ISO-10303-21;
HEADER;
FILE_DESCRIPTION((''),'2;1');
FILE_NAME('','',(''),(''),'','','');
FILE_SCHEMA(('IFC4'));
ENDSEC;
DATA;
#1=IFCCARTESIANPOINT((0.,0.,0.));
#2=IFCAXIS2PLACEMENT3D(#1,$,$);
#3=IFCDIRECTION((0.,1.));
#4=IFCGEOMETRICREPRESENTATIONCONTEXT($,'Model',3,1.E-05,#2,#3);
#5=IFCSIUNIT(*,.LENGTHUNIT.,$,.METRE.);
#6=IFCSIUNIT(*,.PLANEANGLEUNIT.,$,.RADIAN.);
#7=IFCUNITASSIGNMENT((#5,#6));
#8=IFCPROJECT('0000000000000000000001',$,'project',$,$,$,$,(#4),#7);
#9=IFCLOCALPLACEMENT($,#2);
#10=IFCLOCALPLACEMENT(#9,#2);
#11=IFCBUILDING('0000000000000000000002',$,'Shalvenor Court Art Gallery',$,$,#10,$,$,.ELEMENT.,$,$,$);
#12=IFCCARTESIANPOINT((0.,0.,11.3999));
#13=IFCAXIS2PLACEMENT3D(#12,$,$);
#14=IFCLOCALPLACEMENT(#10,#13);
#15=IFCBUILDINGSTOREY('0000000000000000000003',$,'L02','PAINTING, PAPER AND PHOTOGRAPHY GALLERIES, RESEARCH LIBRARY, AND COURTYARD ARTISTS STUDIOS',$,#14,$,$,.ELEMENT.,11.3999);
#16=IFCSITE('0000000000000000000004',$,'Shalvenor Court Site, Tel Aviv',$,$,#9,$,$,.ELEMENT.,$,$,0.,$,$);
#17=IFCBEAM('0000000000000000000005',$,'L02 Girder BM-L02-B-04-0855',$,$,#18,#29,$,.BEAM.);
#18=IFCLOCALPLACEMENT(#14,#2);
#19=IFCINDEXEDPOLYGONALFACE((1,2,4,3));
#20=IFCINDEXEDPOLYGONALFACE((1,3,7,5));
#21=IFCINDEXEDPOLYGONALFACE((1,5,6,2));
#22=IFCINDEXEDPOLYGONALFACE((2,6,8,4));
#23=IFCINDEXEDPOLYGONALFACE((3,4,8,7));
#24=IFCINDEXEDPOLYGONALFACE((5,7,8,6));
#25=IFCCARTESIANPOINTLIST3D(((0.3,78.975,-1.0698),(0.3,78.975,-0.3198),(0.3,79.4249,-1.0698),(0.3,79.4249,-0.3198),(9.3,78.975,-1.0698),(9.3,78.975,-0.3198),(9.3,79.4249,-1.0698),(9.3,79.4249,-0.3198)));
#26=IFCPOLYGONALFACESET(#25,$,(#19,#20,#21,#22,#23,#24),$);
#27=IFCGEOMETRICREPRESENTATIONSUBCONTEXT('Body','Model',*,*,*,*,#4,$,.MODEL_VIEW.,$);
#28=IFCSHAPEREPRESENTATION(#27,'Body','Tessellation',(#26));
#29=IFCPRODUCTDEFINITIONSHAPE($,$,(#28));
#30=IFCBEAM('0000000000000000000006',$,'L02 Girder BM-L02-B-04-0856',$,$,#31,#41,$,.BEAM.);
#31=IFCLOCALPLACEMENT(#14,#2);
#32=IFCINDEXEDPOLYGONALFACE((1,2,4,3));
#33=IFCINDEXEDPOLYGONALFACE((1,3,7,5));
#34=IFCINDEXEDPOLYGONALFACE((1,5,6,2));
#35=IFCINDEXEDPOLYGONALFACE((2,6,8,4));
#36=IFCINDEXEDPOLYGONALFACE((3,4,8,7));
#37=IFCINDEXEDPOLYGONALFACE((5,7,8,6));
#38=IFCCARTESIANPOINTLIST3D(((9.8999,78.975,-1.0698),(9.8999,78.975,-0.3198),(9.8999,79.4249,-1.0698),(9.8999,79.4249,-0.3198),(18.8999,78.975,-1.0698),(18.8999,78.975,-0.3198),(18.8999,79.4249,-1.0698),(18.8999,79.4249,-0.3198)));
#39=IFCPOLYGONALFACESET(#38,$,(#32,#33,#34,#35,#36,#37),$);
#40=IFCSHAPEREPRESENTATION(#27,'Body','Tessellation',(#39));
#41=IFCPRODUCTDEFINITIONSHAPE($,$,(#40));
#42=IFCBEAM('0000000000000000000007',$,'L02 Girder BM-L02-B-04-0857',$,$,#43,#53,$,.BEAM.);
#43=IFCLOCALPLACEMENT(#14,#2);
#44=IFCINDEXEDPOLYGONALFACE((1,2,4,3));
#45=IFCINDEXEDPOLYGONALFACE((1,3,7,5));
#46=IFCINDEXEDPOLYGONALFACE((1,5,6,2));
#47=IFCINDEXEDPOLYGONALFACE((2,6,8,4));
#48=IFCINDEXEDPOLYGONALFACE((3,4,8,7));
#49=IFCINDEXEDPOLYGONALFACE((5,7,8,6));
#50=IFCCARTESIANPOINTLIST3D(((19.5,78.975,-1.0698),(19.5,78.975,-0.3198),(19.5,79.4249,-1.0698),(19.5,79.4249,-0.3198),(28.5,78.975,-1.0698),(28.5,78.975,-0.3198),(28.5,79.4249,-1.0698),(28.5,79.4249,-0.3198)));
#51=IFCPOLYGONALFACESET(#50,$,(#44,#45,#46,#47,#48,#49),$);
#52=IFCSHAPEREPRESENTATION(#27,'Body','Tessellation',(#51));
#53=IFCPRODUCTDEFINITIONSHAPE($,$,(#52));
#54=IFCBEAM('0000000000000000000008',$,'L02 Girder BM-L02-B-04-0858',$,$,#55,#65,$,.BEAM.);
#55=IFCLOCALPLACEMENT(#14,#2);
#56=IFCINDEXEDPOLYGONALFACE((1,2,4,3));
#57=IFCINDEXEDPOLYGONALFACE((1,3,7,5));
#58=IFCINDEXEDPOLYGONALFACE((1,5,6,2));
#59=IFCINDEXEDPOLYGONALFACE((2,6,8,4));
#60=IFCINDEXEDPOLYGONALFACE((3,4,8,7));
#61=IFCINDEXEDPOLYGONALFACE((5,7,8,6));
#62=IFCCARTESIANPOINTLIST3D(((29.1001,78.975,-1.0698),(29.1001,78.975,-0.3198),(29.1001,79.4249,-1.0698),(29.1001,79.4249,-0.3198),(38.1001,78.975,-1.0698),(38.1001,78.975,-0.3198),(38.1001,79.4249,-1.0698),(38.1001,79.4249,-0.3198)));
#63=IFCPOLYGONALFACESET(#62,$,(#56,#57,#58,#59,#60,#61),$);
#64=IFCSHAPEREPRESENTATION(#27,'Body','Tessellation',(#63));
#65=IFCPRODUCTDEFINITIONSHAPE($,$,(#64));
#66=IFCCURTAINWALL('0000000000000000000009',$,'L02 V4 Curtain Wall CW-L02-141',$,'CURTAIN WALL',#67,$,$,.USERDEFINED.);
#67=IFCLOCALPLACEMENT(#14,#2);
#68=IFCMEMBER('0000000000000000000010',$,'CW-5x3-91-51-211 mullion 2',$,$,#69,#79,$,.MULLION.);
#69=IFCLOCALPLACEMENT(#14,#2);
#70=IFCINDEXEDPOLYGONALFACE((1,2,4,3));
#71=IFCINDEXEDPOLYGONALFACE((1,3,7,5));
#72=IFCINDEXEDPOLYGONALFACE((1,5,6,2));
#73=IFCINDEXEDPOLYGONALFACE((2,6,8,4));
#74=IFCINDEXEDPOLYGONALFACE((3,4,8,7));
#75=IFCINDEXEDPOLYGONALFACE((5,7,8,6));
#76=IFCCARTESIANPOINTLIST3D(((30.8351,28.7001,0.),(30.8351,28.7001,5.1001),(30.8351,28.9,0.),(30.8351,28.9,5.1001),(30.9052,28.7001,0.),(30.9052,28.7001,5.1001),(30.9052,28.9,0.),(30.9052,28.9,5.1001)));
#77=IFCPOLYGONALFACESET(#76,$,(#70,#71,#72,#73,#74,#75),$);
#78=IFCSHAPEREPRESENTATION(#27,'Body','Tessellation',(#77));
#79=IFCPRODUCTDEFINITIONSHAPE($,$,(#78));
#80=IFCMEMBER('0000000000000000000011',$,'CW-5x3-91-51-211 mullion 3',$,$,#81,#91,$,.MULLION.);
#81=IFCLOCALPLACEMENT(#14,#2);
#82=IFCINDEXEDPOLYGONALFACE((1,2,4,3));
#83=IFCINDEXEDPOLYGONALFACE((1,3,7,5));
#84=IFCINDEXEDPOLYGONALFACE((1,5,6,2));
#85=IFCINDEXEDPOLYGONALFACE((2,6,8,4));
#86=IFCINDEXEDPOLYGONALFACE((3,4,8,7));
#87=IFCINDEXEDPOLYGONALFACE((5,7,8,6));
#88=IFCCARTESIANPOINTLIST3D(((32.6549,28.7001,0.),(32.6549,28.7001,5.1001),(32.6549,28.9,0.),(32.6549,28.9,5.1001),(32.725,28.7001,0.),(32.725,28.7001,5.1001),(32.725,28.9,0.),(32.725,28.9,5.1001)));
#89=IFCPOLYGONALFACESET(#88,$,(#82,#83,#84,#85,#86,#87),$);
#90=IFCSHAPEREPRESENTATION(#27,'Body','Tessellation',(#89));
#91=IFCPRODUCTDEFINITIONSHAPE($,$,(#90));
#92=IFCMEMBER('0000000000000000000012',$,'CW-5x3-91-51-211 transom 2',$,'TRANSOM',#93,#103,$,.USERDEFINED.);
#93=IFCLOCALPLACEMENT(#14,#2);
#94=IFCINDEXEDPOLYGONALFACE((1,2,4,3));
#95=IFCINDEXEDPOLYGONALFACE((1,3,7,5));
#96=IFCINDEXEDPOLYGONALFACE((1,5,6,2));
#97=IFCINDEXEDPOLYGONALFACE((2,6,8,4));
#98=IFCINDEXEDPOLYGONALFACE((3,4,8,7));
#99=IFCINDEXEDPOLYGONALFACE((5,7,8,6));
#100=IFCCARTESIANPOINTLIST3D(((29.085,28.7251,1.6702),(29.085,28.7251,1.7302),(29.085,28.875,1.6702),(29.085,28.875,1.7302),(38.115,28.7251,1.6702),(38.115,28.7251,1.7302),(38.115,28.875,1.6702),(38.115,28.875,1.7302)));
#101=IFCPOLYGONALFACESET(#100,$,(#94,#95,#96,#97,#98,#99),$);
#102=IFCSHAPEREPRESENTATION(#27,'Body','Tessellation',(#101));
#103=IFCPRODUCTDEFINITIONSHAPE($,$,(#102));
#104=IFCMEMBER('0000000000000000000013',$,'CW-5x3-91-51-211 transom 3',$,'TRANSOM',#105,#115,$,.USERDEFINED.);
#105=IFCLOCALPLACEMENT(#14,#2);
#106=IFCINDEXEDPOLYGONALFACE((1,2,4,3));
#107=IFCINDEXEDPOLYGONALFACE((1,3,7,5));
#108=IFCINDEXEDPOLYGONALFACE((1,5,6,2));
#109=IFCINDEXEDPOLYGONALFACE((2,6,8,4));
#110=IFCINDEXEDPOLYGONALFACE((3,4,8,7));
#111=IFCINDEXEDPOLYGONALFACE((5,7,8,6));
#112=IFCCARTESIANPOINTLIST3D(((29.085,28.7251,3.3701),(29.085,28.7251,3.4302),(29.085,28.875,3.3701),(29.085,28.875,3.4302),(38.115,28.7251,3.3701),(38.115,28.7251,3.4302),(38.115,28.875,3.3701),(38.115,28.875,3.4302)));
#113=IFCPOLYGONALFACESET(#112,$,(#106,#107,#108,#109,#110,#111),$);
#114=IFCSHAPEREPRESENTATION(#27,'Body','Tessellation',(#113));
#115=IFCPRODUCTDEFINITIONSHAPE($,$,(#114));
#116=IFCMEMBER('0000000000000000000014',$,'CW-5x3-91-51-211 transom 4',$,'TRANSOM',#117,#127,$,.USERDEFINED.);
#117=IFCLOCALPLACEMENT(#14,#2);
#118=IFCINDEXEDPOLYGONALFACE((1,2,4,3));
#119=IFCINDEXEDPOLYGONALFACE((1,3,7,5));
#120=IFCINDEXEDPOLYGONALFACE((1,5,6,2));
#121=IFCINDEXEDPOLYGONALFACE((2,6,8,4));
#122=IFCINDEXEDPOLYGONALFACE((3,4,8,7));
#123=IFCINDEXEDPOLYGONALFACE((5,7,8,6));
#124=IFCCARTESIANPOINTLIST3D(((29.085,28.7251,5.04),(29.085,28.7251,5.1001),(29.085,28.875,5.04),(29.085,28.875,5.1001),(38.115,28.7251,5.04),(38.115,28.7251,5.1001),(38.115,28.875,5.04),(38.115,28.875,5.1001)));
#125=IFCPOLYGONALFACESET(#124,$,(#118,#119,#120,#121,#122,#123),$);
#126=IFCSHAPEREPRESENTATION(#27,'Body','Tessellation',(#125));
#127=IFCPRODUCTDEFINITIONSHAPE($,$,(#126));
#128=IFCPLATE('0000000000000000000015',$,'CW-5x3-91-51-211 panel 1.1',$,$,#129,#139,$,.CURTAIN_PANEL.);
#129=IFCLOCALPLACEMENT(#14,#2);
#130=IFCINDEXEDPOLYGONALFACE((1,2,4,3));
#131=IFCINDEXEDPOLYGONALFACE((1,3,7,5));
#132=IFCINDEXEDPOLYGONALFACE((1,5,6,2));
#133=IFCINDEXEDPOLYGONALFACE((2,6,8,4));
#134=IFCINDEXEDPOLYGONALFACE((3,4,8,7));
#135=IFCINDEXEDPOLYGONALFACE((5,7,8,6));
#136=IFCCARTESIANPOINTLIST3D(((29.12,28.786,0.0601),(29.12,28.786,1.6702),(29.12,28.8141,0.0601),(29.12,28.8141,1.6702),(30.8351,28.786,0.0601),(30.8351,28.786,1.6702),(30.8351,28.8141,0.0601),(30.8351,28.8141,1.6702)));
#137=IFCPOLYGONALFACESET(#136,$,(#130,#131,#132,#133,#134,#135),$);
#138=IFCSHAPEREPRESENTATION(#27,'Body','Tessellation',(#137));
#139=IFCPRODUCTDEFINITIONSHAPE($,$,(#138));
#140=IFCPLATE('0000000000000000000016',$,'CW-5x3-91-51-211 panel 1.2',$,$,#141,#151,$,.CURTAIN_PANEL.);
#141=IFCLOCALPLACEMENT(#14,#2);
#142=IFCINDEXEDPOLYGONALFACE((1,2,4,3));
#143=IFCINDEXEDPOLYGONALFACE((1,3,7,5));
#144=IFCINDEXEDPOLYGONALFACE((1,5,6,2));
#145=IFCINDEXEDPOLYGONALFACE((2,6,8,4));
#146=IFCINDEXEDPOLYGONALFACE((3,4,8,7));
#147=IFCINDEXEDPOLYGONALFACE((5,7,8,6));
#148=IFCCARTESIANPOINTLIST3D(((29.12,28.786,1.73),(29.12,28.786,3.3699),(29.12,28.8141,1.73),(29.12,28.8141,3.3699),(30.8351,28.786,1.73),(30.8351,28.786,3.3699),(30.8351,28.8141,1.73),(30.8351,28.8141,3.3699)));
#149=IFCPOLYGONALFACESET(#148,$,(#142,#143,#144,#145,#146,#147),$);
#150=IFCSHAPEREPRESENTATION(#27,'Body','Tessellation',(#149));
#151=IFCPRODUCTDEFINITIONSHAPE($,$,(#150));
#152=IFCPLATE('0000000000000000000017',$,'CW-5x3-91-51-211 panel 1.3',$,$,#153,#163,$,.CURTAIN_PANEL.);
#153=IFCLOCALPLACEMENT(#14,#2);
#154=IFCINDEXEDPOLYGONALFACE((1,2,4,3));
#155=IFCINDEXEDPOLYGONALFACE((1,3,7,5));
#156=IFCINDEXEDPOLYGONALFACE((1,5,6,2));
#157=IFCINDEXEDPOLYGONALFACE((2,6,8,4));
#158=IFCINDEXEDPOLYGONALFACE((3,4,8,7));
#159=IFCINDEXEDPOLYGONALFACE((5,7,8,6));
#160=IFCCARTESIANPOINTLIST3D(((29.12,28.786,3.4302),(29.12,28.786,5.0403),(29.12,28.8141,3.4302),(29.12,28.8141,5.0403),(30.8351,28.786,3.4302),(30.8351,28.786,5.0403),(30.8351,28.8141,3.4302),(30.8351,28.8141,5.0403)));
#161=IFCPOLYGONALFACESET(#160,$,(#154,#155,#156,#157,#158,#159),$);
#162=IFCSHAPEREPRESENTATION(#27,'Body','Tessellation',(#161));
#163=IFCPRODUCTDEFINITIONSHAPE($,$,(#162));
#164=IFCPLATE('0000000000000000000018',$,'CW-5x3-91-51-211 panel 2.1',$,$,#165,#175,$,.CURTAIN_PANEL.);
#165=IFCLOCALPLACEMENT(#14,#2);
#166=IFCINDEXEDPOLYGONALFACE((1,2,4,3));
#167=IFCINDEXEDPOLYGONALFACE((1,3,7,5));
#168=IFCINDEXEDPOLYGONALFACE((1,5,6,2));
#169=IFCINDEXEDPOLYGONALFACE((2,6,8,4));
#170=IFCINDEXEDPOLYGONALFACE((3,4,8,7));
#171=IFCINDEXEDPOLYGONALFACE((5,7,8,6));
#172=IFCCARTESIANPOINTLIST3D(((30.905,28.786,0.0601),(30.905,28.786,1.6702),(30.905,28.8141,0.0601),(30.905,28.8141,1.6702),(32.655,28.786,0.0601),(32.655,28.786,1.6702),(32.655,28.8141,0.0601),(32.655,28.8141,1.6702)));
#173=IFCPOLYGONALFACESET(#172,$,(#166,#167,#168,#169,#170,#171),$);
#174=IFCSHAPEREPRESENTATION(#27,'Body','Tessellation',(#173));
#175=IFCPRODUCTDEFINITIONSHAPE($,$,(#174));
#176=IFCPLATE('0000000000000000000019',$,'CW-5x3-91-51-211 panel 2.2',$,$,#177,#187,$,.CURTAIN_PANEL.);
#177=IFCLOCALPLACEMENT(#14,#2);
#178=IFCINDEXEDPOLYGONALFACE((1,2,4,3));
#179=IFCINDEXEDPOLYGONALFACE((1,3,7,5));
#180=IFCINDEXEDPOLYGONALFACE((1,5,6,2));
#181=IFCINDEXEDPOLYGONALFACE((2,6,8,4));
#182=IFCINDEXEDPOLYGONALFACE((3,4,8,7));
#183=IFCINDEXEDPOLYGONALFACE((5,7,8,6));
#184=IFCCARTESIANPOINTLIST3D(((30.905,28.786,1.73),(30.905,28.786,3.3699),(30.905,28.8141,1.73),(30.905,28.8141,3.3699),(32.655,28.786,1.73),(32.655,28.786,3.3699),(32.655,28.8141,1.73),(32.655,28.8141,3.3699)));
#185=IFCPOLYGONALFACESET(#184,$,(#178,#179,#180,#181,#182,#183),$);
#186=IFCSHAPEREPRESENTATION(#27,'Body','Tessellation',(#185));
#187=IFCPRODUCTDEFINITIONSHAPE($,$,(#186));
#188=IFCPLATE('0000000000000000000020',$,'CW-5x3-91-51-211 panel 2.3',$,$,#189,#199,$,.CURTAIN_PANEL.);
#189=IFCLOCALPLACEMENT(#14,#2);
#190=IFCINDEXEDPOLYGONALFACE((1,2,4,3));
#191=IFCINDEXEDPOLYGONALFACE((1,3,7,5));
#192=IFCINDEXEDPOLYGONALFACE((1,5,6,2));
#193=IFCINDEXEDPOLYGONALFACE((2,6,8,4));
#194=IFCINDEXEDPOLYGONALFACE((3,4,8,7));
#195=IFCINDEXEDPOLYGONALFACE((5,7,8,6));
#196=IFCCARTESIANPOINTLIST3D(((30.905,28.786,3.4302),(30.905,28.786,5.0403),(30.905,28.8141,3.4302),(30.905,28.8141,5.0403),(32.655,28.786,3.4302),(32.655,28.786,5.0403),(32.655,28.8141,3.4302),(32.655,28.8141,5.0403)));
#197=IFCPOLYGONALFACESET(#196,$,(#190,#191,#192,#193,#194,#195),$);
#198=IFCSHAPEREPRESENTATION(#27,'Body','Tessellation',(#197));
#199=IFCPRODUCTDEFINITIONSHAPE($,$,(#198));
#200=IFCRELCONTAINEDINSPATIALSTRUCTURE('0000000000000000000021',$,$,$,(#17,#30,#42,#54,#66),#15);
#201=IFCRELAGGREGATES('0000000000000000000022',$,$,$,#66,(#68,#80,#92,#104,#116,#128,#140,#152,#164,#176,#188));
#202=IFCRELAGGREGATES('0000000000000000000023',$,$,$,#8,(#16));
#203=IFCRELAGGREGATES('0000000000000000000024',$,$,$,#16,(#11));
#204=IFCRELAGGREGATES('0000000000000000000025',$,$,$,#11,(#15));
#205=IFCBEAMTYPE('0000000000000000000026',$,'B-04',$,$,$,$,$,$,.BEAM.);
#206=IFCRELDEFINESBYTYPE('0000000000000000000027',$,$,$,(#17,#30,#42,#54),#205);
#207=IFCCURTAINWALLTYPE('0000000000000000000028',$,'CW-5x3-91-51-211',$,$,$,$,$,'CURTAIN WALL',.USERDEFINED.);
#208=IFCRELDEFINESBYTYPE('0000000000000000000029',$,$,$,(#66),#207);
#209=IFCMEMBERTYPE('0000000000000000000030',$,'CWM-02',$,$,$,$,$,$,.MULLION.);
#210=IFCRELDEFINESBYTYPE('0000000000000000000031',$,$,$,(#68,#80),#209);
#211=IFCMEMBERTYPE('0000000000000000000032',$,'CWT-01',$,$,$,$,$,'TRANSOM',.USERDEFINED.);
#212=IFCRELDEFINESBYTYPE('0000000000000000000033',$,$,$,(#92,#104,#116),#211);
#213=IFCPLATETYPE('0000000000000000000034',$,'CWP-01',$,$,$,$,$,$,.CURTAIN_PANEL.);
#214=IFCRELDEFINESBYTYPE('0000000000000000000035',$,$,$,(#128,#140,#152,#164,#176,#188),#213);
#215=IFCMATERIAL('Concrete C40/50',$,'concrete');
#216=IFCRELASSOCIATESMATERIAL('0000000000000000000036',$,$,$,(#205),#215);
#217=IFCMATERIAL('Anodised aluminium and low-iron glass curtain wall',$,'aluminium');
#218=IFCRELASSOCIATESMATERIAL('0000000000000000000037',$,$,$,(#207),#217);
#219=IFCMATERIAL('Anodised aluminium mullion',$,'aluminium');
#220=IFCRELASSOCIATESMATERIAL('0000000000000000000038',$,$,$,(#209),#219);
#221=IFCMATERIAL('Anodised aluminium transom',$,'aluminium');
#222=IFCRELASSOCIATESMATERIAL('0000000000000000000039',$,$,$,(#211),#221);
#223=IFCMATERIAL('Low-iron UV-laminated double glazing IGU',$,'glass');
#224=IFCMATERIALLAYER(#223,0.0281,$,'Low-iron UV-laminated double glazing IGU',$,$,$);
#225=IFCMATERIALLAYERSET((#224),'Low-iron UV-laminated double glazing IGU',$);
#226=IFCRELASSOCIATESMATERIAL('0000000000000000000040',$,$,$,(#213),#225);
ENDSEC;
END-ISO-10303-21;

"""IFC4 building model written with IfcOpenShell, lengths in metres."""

from ifc_helpers import new_model, si_unit, direction, frame, origin, origin_2d, place, context, subcontext, project, spatial, rectangle, extrude, material, layer, layer_set, material_profile, profile_set, type_object, element, aggregate, save


model = new_model("IFC4")

# Units and contexts
model_context = context("Model", 3, precision=1e-05, world=origin(), true_north=direction((0.0, 1.0)))
body_context = subcontext(model_context, "Body", "Model", "MODEL_VIEW")
ifc_project = project(units=[si_unit("LENGTHUNIT", "METRE"), si_unit("PLANEANGLEUNIT", "RADIAN")], contexts=[model_context])

# Site, building, storey
site_placement = place(None, origin())
site = spatial("IfcSite", under=ifc_project, at=site_placement, Name="Shalvenor Court Site, Tel Aviv", CompositionType="ELEMENT", RefElevation=0.0)
building_placement = place(site_placement, origin())
building = spatial("IfcBuilding", under=site, at=building_placement, Name="Shalvenor Court Art Gallery", CompositionType="ELEMENT")
storey_placement = place(building_placement, frame((0.0, 0.0, 11.3999)))
storey = spatial("IfcBuildingStorey", under=building, at=storey_placement, Name="L02", Description="PAINTING, PAPER AND PHOTOGRAPHY GALLERIES, RESEARCH LIBRARY, AND COURTYARD ARTISTS STUDIOS", CompositionType="ELEMENT", Elevation=11.3999)

# Beams
ifc_material_1 = material(Name="Concrete C40/50", Category="concrete")
ifc_material_profile_1 = material_profile(ifc_material_1, rectangle(XDim=0.45, YDim=0.75, at=origin_2d()), Name="RC 450x750")
ifc_profile_set_1 = profile_set([ifc_material_profile_1], Name="Concrete C40/50")
beam_type = type_object("IfcBeamType", Name="B-04", PredefinedType="BEAM", material=ifc_profile_set_1)
for number, where, z_axis, x_axis, name in (
    (1, (0.3, 79.2, -0.6948), (1.0, 0.0, 0.0), (0.0, 1.0, 0.0), "L02 Girder BM-L02-B-04-0855"),
    (2, (9.8999, 79.2, -0.6948), (1.0, 0.0, 0.0), (0.0, 1.0, 0.0), "L02 Girder BM-L02-B-04-0856"),
    (3, (19.5, 79.2, -0.6948), (1.0, 0.0, 0.0), (0.0, 1.0, 0.0), "L02 Girder BM-L02-B-04-0857"),
    (4, (29.1001, 79.2, -0.6948), (1.0, 0.0, 0.0), (0.0, 1.0, 0.0), "L02 Girder BM-L02-B-04-0858"),
):
    element("IfcBeam", number, at=place(storey_placement, frame(where, z_axis=z_axis, x_axis=x_axis)), inside=storey, type_object=beam_type, Name=name, PredefinedType="BEAM", context=body_context, shape_type="SweptSolid", body=[
        extrude(rectangle(XDim=0.45, YDim=0.75, at=origin_2d()), origin(), (0.0, 0.0, 1.0), 9.0),
    ])

# Curtain wall, members, plates
ifc_material_2 = material(Name="Anodised aluminium and low-iron glass curtain wall", Category="aluminium")
curtain_wall_type = type_object("IfcCurtainWallType", Name="CW-5x3-91-51-211", ElementType="CURTAIN WALL", PredefinedType="USERDEFINED", material=ifc_material_2)
curtain_wall_placement = place(storey_placement, origin())
curtain_wall = element("IfcCurtainWall", 5, at=curtain_wall_placement, inside=storey, type_object=curtain_wall_type, Name="L02 V4 Curtain Wall CW-L02-141", ObjectType="CURTAIN WALL", PredefinedType="USERDEFINED")
ifc_material_3 = material(Name="Anodised aluminium mullion", Category="aluminium")
ifc_material_profile_2 = material_profile(ifc_material_3, rectangle(XDim=0.0701, YDim=0.2, at=origin_2d()), Name="CWM-02")
ifc_profile_set_2 = profile_set([ifc_material_profile_2], Name="Anodised aluminium mullion")
member_type_1 = type_object("IfcMemberType", Name="CWM-02", PredefinedType="MULLION", material=ifc_profile_set_2)
member_1_placement = place(storey_placement, frame((30.8701, 28.8, 0.0), z_axis=(0.0, 0.0, 1.0), x_axis=(1.0, 0.0, 0.0)))
member_1 = element("IfcMember", 6, at=member_1_placement, type_object=member_type_1, Name="CW-5x3-91-51-211 mullion 2", PredefinedType="MULLION", context=body_context, shape_type="SweptSolid", body=[
    extrude(rectangle(XDim=0.0701, YDim=0.2, at=origin_2d()), origin(), (0.0, 0.0, 1.0), 5.1001),
])
member_2_placement = place(storey_placement, frame((32.6899, 28.8, 0.0), z_axis=(0.0, 0.0, 1.0), x_axis=(1.0, 0.0, 0.0)))
member_2 = element("IfcMember", 7, at=member_2_placement, type_object=member_type_1, Name="CW-5x3-91-51-211 mullion 3", PredefinedType="MULLION", context=body_context, shape_type="SweptSolid", body=[
    extrude(rectangle(XDim=0.0701, YDim=0.2, at=origin_2d()), origin(), (0.0, 0.0, 1.0), 5.1001),
])
ifc_material_4 = material(Name="Anodised aluminium transom", Category="aluminium")
ifc_material_profile_3 = material_profile(ifc_material_4, rectangle(XDim=0.1499, YDim=0.0601, at=origin_2d()), Name="CWT-01")
ifc_profile_set_3 = profile_set([ifc_material_profile_3], Name="Anodised aluminium transom")
member_type_2 = type_object("IfcMemberType", Name="CWT-01", ElementType="TRANSOM", PredefinedType="USERDEFINED", material=ifc_profile_set_3)
member_3_placement = place(storey_placement, frame((29.085, 28.8, 1.7002), z_axis=(1.0, 0.0, 0.0), x_axis=(0.0, 1.0, 0.0)))
member_3 = element("IfcMember", 8, at=member_3_placement, type_object=member_type_2, Name="CW-5x3-91-51-211 transom 2", ObjectType="TRANSOM", PredefinedType="USERDEFINED", context=body_context, shape_type="SweptSolid", body=[
    extrude(rectangle(XDim=0.1499, YDim=0.0601, at=origin_2d()), origin(), (0.0, 0.0, 1.0), 9.03),
])
member_4_placement = place(storey_placement, frame((29.085, 28.8, 3.4001), z_axis=(1.0, 0.0, 0.0), x_axis=(0.0, 1.0, 0.0)))
member_4 = element("IfcMember", 9, at=member_4_placement, type_object=member_type_2, Name="CW-5x3-91-51-211 transom 3", ObjectType="TRANSOM", PredefinedType="USERDEFINED", context=body_context, shape_type="SweptSolid", body=[
    extrude(rectangle(XDim=0.1499, YDim=0.0601, at=origin_2d()), origin(), (0.0, 0.0, 1.0), 9.03),
])
member_5_placement = place(storey_placement, frame((29.085, 28.8, 5.0701), z_axis=(1.0, 0.0, 0.0), x_axis=(0.0, 1.0, 0.0)))
member_5 = element("IfcMember", 10, at=member_5_placement, type_object=member_type_2, Name="CW-5x3-91-51-211 transom 4", ObjectType="TRANSOM", PredefinedType="USERDEFINED", context=body_context, shape_type="SweptSolid", body=[
    extrude(rectangle(XDim=0.1499, YDim=0.0601, at=origin_2d()), origin(), (0.0, 0.0, 1.0), 9.03),
])
ifc_material_5 = material(Name="Low-iron UV-laminated double glazing IGU", Category="glass")
ifc_layer_1 = layer(ifc_material_5, 0.0281, Name="Low-iron UV-laminated double glazing IGU")
ifc_layer_set_1 = layer_set([ifc_layer_1], Name="Low-iron UV-laminated double glazing IGU")
plate_type_1 = type_object("IfcPlateType", Name="CWP-01", PredefinedType="CURTAIN_PANEL", material=ifc_layer_set_1)
plate_1_placement = place(storey_placement, frame((29.9775, 28.8, 0.0601), z_axis=(0.0, 0.0, 1.0), x_axis=(1.0, 0.0, 0.0)))
plate_1 = element("IfcPlate", 11, at=plate_1_placement, type_object=plate_type_1, Name="CW-5x3-91-51-211 panel 1.1", PredefinedType="CURTAIN_PANEL", context=body_context, shape_type="SweptSolid", body=[
    extrude(rectangle(XDim=1.7151, YDim=0.0281, at=origin_2d()), origin(), (0.0, 0.0, 1.0), 1.6101),
])
plate_2_placement = place(storey_placement, frame((29.9775, 28.8, 1.73), z_axis=(0.0, 0.0, 1.0), x_axis=(1.0, 0.0, 0.0)))
plate_2 = element("IfcPlate", 12, at=plate_2_placement, type_object=plate_type_1, Name="CW-5x3-91-51-211 panel 1.2", PredefinedType="CURTAIN_PANEL", context=body_context, shape_type="SweptSolid", body=[
    extrude(rectangle(XDim=1.7151, YDim=0.0281, at=origin_2d()), origin(), (0.0, 0.0, 1.0), 1.6399),
])
plate_3_placement = place(storey_placement, frame((29.9775, 28.8, 3.4302), z_axis=(0.0, 0.0, 1.0), x_axis=(1.0, 0.0, 0.0)))
plate_3 = element("IfcPlate", 13, at=plate_3_placement, type_object=plate_type_1, Name="CW-5x3-91-51-211 panel 1.3", PredefinedType="CURTAIN_PANEL", context=body_context, shape_type="SweptSolid", body=[
    extrude(rectangle(XDim=1.7151, YDim=0.0281, at=origin_2d()), origin(), (0.0, 0.0, 1.0), 1.6101),
])
plate_4_placement = place(storey_placement, frame((31.78, 28.8, 0.0601), z_axis=(0.0, 0.0, 1.0), x_axis=(1.0, 0.0, 0.0)))
plate_4 = element("IfcPlate", 14, at=plate_4_placement, type_object=plate_type_1, Name="CW-5x3-91-51-211 panel 2.1", PredefinedType="CURTAIN_PANEL", context=body_context, shape_type="SweptSolid", body=[
    extrude(rectangle(XDim=1.75, YDim=0.0281, at=origin_2d()), origin(), (0.0, 0.0, 1.0), 1.6101),
])
plate_5_placement = place(storey_placement, frame((31.78, 28.8, 1.73), z_axis=(0.0, 0.0, 1.0), x_axis=(1.0, 0.0, 0.0)))
plate_5 = element("IfcPlate", 15, at=plate_5_placement, type_object=plate_type_1, Name="CW-5x3-91-51-211 panel 2.2", PredefinedType="CURTAIN_PANEL", context=body_context, shape_type="SweptSolid", body=[
    extrude(rectangle(XDim=1.75, YDim=0.0281, at=origin_2d()), origin(), (0.0, 0.0, 1.0), 1.6399),
])
plate_6_placement = place(storey_placement, frame((31.78, 28.8, 3.4302), z_axis=(0.0, 0.0, 1.0), x_axis=(1.0, 0.0, 0.0)))
plate_6 = element("IfcPlate", 16, at=plate_6_placement, type_object=plate_type_1, Name="CW-5x3-91-51-211 panel 2.3", PredefinedType="CURTAIN_PANEL", context=body_context, shape_type="SweptSolid", body=[
    extrude(rectangle(XDim=1.75, YDim=0.0281, at=origin_2d()), origin(), (0.0, 0.0, 1.0), 1.6101),
])
aggregate(curtain_wall, [member_1, member_2, member_3, member_4, member_5, plate_1, plate_2, plate_3, plate_4, plate_5, plate_6])

save(model, "model.ifc")
